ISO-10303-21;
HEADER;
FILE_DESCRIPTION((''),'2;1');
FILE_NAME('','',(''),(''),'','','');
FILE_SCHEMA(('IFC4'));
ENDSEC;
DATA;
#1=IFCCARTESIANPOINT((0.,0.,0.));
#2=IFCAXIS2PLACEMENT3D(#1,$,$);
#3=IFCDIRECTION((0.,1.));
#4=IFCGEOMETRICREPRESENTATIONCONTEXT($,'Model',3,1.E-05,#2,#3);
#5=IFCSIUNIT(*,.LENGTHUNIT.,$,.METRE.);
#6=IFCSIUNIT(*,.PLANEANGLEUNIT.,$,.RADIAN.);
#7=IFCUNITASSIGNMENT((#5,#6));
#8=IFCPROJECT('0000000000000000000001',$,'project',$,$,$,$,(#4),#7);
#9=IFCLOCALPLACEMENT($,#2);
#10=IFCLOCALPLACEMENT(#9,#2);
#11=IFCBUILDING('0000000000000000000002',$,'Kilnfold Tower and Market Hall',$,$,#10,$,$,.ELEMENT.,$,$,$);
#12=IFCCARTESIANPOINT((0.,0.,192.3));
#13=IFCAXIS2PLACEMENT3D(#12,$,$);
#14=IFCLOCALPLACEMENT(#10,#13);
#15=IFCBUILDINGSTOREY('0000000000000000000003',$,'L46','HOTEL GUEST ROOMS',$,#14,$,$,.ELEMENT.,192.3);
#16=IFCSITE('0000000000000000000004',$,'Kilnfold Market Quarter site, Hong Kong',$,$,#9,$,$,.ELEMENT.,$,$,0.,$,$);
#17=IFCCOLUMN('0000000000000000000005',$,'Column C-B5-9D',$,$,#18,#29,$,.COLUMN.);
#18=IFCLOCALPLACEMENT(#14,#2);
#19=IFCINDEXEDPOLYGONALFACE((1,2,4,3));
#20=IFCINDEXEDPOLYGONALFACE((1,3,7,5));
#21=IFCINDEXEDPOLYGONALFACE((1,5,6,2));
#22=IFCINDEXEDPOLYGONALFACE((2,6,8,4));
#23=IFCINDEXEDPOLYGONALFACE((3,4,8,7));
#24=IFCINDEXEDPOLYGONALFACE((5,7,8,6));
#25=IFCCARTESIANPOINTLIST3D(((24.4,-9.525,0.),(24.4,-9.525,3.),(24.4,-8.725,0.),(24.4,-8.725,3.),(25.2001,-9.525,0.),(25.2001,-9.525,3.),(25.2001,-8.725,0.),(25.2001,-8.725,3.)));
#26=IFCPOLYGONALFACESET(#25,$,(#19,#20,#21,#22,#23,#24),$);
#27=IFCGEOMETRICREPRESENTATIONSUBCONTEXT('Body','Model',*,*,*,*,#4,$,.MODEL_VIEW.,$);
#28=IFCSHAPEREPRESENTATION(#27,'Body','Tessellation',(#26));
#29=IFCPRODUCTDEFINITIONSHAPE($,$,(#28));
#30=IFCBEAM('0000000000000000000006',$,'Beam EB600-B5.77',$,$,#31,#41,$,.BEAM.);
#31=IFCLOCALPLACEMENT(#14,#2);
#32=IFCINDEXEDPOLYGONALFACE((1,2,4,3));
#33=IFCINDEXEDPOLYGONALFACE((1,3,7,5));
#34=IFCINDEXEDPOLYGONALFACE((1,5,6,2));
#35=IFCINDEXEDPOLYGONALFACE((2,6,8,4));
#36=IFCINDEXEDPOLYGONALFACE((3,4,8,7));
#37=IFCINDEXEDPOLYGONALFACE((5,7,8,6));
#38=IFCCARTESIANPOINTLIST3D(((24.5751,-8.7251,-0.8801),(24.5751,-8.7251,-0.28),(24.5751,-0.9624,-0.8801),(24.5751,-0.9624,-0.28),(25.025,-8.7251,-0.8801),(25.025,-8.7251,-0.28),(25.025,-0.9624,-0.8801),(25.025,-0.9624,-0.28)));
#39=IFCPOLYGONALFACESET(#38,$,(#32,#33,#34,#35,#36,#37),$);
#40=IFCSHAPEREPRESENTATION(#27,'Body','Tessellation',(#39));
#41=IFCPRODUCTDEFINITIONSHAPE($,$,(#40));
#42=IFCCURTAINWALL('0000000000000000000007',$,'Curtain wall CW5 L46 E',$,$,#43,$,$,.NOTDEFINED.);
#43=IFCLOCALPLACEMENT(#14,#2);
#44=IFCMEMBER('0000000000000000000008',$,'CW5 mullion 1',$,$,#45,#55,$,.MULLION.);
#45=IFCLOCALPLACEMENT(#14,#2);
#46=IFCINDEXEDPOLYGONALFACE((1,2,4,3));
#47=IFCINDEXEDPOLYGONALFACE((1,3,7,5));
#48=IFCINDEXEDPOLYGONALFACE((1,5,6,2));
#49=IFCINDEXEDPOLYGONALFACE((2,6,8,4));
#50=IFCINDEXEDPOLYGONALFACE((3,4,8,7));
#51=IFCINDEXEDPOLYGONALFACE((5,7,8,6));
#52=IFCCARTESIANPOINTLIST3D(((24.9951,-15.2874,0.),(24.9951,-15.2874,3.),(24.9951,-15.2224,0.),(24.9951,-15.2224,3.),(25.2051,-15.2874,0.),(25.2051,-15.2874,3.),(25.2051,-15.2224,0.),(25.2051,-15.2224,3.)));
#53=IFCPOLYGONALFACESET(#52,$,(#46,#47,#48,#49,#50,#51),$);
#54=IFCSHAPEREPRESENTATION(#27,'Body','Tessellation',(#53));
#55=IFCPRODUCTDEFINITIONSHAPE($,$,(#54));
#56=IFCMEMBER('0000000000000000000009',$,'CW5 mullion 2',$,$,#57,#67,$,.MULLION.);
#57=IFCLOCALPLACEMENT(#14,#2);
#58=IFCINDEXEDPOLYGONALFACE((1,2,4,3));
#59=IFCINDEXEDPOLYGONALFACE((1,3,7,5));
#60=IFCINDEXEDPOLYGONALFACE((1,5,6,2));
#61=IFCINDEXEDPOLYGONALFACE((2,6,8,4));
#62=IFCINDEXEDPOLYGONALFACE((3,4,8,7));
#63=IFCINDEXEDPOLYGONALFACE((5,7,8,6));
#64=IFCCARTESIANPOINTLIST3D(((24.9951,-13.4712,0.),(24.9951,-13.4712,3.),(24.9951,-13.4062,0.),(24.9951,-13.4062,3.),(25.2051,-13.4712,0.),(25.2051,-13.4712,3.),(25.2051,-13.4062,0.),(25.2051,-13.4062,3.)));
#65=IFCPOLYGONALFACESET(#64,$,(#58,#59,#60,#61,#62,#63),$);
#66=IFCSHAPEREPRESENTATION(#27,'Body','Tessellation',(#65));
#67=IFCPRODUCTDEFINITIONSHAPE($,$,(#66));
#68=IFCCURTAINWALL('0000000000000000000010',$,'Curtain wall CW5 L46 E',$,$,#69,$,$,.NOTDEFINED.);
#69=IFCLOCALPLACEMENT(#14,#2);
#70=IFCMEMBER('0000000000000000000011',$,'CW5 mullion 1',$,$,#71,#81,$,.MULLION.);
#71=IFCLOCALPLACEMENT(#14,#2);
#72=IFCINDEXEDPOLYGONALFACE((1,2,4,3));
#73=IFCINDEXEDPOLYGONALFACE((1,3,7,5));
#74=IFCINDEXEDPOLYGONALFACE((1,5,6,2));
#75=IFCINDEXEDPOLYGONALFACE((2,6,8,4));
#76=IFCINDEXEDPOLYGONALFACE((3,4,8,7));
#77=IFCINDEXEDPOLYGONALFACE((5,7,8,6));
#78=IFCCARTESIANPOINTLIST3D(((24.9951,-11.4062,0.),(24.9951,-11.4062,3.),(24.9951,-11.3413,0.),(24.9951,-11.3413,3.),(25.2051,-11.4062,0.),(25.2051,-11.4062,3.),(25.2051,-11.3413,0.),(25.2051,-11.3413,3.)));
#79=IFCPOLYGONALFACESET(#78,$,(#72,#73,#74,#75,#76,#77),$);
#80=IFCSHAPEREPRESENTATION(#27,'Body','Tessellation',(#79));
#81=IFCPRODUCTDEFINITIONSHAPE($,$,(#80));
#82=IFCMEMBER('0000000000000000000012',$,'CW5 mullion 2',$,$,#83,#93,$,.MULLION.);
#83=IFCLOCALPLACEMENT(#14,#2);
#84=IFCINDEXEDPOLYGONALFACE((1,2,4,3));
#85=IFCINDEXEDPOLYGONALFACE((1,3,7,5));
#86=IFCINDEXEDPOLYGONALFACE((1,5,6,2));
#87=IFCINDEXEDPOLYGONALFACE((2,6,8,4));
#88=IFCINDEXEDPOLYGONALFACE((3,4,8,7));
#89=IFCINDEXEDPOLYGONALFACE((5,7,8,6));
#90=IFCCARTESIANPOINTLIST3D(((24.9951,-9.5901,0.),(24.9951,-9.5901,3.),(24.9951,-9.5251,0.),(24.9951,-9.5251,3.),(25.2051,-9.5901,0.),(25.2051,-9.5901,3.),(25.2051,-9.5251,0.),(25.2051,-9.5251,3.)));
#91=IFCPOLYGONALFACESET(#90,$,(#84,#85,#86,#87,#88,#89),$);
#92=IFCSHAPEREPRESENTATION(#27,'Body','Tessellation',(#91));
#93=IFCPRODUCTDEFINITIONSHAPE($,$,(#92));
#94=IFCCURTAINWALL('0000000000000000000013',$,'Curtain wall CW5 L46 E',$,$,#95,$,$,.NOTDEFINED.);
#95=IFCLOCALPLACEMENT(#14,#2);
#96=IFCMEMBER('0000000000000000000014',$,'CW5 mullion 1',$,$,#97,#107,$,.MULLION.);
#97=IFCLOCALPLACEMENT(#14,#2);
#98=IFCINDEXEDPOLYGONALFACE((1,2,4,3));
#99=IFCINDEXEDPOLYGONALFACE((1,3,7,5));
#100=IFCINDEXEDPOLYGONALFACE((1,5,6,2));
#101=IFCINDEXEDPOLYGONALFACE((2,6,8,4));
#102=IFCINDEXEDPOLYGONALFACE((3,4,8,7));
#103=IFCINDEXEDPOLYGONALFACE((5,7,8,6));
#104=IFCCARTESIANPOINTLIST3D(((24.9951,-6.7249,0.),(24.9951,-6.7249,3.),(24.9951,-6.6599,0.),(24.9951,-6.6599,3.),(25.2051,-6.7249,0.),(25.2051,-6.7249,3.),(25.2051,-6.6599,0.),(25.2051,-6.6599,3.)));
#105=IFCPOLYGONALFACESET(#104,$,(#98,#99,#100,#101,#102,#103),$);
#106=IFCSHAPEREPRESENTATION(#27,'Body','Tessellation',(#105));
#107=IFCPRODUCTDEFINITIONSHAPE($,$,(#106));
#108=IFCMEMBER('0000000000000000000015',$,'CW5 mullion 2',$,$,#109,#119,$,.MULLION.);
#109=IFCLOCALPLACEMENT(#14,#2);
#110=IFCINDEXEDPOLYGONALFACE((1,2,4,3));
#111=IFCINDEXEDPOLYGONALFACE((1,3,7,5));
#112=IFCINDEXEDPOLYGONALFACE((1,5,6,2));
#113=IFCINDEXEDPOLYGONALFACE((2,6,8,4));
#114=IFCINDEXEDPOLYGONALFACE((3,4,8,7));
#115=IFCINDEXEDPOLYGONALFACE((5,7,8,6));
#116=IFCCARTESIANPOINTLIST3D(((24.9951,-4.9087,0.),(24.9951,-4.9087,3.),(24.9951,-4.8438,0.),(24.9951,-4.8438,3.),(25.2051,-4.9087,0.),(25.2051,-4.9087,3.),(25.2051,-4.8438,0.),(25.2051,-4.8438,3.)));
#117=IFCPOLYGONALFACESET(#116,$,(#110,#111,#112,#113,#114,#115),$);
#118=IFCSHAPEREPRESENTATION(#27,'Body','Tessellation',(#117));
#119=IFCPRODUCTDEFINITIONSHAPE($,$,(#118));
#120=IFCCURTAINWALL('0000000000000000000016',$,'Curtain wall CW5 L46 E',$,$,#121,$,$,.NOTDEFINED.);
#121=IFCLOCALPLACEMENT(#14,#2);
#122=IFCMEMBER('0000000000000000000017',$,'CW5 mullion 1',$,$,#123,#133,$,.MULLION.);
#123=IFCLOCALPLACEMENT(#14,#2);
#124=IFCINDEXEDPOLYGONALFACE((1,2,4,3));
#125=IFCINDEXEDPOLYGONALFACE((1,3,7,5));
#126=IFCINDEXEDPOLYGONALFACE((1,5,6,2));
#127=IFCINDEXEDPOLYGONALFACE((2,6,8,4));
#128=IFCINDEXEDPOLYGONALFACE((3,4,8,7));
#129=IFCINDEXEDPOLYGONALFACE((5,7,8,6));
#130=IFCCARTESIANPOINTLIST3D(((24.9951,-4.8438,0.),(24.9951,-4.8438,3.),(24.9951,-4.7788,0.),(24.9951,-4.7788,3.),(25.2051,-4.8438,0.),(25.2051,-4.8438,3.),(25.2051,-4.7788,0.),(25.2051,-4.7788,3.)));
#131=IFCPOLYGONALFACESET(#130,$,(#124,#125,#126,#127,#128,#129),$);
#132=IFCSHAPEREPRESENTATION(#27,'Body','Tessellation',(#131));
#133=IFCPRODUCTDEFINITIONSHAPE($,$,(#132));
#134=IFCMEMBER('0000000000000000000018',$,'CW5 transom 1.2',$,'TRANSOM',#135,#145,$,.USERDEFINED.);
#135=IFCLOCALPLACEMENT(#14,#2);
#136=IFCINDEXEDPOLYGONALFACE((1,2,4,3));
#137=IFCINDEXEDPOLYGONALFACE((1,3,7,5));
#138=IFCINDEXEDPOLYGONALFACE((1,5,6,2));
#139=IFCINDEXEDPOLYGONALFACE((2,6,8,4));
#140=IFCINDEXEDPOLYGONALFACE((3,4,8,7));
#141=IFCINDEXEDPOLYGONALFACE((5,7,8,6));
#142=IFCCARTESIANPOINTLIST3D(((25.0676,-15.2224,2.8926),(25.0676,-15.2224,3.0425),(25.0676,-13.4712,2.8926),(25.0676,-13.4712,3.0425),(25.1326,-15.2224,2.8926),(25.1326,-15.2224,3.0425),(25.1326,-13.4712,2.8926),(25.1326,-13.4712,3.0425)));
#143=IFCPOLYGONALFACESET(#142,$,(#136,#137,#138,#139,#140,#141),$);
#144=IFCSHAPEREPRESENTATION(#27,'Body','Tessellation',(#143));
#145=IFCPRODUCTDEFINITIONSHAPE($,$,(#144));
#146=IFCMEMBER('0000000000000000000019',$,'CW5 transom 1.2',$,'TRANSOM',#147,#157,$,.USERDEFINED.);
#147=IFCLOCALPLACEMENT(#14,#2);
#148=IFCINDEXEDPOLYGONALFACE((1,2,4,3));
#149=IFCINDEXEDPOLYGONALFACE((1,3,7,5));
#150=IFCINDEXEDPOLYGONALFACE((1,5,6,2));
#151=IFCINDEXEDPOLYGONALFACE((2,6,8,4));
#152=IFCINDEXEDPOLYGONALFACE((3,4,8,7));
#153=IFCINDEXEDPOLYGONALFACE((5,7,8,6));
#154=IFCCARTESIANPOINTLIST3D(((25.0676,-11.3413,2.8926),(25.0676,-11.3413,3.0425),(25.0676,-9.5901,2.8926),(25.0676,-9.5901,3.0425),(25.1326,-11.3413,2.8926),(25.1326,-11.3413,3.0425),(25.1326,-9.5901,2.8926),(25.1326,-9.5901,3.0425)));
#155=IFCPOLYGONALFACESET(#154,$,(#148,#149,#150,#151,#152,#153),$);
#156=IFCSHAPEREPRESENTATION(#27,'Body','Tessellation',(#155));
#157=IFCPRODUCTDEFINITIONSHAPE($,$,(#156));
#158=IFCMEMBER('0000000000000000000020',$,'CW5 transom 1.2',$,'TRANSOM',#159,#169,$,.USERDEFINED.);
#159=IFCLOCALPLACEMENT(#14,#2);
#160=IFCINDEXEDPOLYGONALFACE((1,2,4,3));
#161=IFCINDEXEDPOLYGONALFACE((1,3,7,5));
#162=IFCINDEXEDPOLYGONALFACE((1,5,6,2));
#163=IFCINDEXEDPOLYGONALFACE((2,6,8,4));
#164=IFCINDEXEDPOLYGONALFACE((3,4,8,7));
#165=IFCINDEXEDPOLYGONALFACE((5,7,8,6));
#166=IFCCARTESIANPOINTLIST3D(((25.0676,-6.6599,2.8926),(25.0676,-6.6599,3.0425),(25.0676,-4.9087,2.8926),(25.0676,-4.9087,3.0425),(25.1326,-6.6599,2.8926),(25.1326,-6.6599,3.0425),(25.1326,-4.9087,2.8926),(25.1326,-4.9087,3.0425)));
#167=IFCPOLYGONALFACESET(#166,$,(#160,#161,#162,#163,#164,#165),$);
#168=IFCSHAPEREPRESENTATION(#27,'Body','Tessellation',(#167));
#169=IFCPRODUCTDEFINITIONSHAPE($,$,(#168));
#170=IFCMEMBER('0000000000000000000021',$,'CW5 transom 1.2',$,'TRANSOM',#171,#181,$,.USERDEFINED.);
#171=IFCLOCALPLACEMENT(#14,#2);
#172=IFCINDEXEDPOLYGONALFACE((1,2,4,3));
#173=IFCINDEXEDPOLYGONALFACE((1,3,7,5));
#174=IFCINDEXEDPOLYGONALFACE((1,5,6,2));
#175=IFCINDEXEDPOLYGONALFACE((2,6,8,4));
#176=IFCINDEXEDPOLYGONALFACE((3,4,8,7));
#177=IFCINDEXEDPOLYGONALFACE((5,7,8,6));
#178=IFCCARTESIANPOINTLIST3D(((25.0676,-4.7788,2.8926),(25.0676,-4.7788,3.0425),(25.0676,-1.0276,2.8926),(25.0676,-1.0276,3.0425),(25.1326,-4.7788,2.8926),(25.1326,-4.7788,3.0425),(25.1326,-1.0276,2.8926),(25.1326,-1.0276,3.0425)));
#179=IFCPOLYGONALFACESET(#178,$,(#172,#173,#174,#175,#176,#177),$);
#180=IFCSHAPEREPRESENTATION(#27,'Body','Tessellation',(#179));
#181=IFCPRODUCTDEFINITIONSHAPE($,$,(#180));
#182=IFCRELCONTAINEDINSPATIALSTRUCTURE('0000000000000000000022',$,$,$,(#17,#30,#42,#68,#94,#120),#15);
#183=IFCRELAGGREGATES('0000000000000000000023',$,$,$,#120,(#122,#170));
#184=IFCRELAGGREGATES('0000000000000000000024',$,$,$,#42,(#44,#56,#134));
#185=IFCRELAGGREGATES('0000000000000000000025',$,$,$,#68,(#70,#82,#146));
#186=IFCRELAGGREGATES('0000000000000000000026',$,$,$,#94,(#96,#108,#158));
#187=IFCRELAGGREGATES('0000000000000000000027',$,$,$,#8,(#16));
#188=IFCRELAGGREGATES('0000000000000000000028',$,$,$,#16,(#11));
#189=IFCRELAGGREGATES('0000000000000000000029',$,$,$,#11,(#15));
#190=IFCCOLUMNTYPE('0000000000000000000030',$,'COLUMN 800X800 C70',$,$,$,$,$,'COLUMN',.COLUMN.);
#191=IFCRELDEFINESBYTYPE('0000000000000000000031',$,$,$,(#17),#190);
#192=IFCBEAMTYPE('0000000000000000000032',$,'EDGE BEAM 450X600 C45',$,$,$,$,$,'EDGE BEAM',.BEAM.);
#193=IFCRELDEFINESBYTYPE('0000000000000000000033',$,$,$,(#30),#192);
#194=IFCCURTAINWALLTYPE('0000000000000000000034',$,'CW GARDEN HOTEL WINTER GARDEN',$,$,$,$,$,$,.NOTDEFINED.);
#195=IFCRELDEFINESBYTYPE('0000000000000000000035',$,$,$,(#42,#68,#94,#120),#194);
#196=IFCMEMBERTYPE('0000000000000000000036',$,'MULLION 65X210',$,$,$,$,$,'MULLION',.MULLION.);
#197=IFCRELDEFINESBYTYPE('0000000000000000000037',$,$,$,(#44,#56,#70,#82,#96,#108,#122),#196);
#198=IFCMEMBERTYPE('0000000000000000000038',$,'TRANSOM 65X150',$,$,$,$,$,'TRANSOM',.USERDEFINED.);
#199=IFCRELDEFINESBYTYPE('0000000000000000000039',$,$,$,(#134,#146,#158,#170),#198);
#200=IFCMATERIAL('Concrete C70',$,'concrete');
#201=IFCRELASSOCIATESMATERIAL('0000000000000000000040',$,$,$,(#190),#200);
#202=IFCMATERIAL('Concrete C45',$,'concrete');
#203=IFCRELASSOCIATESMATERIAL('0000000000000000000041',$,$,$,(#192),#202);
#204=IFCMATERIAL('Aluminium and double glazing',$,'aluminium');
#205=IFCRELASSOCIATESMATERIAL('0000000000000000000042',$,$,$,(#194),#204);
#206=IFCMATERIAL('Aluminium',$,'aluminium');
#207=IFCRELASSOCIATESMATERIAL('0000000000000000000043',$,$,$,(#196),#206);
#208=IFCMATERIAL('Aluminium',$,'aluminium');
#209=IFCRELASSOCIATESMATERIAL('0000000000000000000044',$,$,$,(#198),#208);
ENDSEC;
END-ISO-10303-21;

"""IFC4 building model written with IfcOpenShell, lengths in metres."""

from ifc_helpers import new_model, si_unit, direction, frame, origin, origin_2d, place, context, subcontext, project, spatial, rectangle, extrude, source, transform, mapped, material, material_profile, profile_set, type_object, element, aggregate, save


model = new_model("IFC4")

# Units and contexts
model_context = context("Model", 3, precision=1e-05, world=origin(), true_north=direction((0.0, 1.0)))
body_context = subcontext(model_context, "Body", "Model", "MODEL_VIEW")
ifc_project = project(units=[si_unit("LENGTHUNIT", "METRE"), si_unit("PLANEANGLEUNIT", "RADIAN")], contexts=[model_context])

# Site, building, storey
site_placement = place(None, origin())
site = spatial("IfcSite", under=ifc_project, at=site_placement, Name="Kilnfold Market Quarter site, Hong Kong", CompositionType="ELEMENT", RefElevation=0.0)
building_placement = place(site_placement, origin())
building = spatial("IfcBuilding", under=site, at=building_placement, Name="Kilnfold Tower and Market Hall", CompositionType="ELEMENT")
storey_placement = place(building_placement, frame((0.0, 0.0, 192.3)))
storey = spatial("IfcBuildingStorey", under=building, at=storey_placement, Name="L46", Description="HOTEL GUEST ROOMS", CompositionType="ELEMENT", Elevation=192.3)

# Column
ifc_material_1 = material(Name="Concrete C70", Category="concrete")
ifc_material_profile_1 = material_profile(ifc_material_1, rectangle(XDim=0.8, YDim=0.8, at=origin_2d()), Name="RC 800x800")
ifc_profile_set_1 = profile_set([ifc_material_profile_1], Name="Concrete C70")
column_type = type_object("IfcColumnType", Name="COLUMN 800X800 C70", ElementType="COLUMN", PredefinedType="COLUMN", material=ifc_profile_set_1)
shared_shape_1 = source(origin(), body_context, "Body", "SweptSolid", [
    extrude(rectangle(XDim=0.8, YDim=0.8, at=origin_2d()), origin(), (0.0, 0.0, 1.0), 3.0),
])
column_placement = place(storey_placement, frame((24.8, -9.125, 0.0), z_axis=(0.0, 0.0, 1.0), x_axis=(1.0, 0.0, 0.0)))
element("IfcColumn", 1, at=column_placement, inside=storey, type_object=column_type, Name="Column C-B5-9D", PredefinedType="COLUMN", context=body_context, shape_type="MappedRepresentation", body=[
    mapped(shared_shape_1, transform((0.0, 0.0, 0.0))),
])

# Beam
ifc_material_2 = material(Name="Concrete C45", Category="concrete")
ifc_material_profile_2 = material_profile(ifc_material_2, rectangle(XDim=0.45, YDim=0.6001, at=origin_2d()), Name="RC 450x600")
ifc_profile_set_2 = profile_set([ifc_material_profile_2], Name="Concrete C45")
beam_type = type_object("IfcBeamType", Name="EDGE BEAM 450X600 C45", ElementType="EDGE BEAM", PredefinedType="BEAM", material=ifc_profile_set_2)
shared_shape_2 = source(origin(), body_context, "Body", "SweptSolid", [
    extrude(rectangle(XDim=0.45, YDim=0.6001, at=origin_2d()), origin(), (0.0, 0.0, 1.0), 7.7627),
])
beam_placement = place(storey_placement, frame((24.8, -8.7251, -0.5801), z_axis=(0.0, 1.0, 0.0), x_axis=(-1.0, 0.0, 0.0)))
element("IfcBeam", 2, at=beam_placement, inside=storey, type_object=beam_type, Name="Beam EB600-B5.77", PredefinedType="BEAM", context=body_context, shape_type="MappedRepresentation", body=[
    mapped(shared_shape_2, transform((0.0, 0.0, 0.0))),
])

# Curtain walls, members
ifc_material_3 = material(Name="Aluminium and double glazing", Category="aluminium")
curtain_wall_type = type_object("IfcCurtainWallType", Name="CW GARDEN HOTEL WINTER GARDEN", PredefinedType="NOTDEFINED", material=ifc_material_3)
curtain_wall_1_placement = place(storey_placement, origin())
curtain_wall_1 = element("IfcCurtainWall", 3, at=curtain_wall_1_placement, inside=storey, type_object=curtain_wall_type, Name="Curtain wall CW5 L46 E", PredefinedType="NOTDEFINED")
ifc_material_4 = material(Name="Aluminium", Category="aluminium")
ifc_material_profile_3 = material_profile(ifc_material_4, rectangle(XDim=0.0649, YDim=0.21, at=origin_2d()), Name="MULLION 65x210")
ifc_profile_set_3 = profile_set([ifc_material_profile_3], Name="Aluminium")
member_type_1 = type_object("IfcMemberType", Name="MULLION 65X210", ElementType="MULLION", PredefinedType="MULLION", material=ifc_profile_set_3)
shared_shape_3 = source(origin(), body_context, "Body", "SweptSolid", [
    extrude(rectangle(XDim=0.0649, YDim=0.21, at=origin_2d()), origin(), (0.0, 0.0, 1.0), 3.0),
])
member_1_placement = place(storey_placement, frame((25.1001, -15.2549, 0.0), z_axis=(0.0, 0.0, 1.0), x_axis=(0.0, 1.0, 0.0)))
member_1 = element("IfcMember", 4, at=member_1_placement, type_object=member_type_1, Name="CW5 mullion 1", PredefinedType="MULLION", context=body_context, shape_type="MappedRepresentation", body=[
    mapped(shared_shape_3, transform((0.0, 0.0, 0.0))),
])
member_2_placement = place(storey_placement, frame((25.1001, -13.4387, 0.0), z_axis=(0.0, 0.0, 1.0), x_axis=(0.0, 1.0, 0.0)))
member_2 = element("IfcMember", 5, at=member_2_placement, type_object=member_type_1, Name="CW5 mullion 2", PredefinedType="MULLION", context=body_context, shape_type="MappedRepresentation", body=[
    mapped(shared_shape_3, transform((0.0, 0.0, 0.0))),
])
curtain_wall_2_placement = place(storey_placement, origin())
curtain_wall_2 = element("IfcCurtainWall", 6, at=curtain_wall_2_placement, inside=storey, type_object=curtain_wall_type, Name="Curtain wall CW5 L46 E", PredefinedType="NOTDEFINED")
member_3_placement = place(storey_placement, frame((25.1001, -11.3738, 0.0), z_axis=(0.0, 0.0, 1.0), x_axis=(0.0, 1.0, 0.0)))
member_3 = element("IfcMember", 7, at=member_3_placement, type_object=member_type_1, Name="CW5 mullion 1", PredefinedType="MULLION", context=body_context, shape_type="MappedRepresentation", body=[
    mapped(shared_shape_3, transform((0.0, 0.0, 0.0))),
])
member_4_placement = place(storey_placement, frame((25.1001, -9.5576, 0.0), z_axis=(0.0, 0.0, 1.0), x_axis=(0.0, 1.0, 0.0)))
member_4 = element("IfcMember", 8, at=member_4_placement, type_object=member_type_1, Name="CW5 mullion 2", PredefinedType="MULLION", context=body_context, shape_type="MappedRepresentation", body=[
    mapped(shared_shape_3, transform((0.0, 0.0, 0.0))),
])
curtain_wall_3_placement = place(storey_placement, origin())
curtain_wall_3 = element("IfcCurtainWall", 9, at=curtain_wall_3_placement, inside=storey, type_object=curtain_wall_type, Name="Curtain wall CW5 L46 E", PredefinedType="NOTDEFINED")
member_5_placement = place(storey_placement, frame((25.1001, -6.6924, 0.0), z_axis=(0.0, 0.0, 1.0), x_axis=(0.0, 1.0, 0.0)))
member_5 = element("IfcMember", 10, at=member_5_placement, type_object=member_type_1, Name="CW5 mullion 1", PredefinedType="MULLION", context=body_context, shape_type="MappedRepresentation", body=[
    mapped(shared_shape_3, transform((0.0, 0.0, 0.0))),
])
member_6_placement = place(storey_placement, frame((25.1001, -4.8762, 0.0), z_axis=(0.0, 0.0, 1.0), x_axis=(0.0, 1.0, 0.0)))
member_6 = element("IfcMember", 11, at=member_6_placement, type_object=member_type_1, Name="CW5 mullion 2", PredefinedType="MULLION", context=body_context, shape_type="MappedRepresentation", body=[
    mapped(shared_shape_3, transform((0.0, 0.0, 0.0))),
])

# Curtain wall, member
curtain_wall_4_placement = place(storey_placement, origin())
curtain_wall_4 = element("IfcCurtainWall", 12, at=curtain_wall_4_placement, inside=storey, type_object=curtain_wall_type, Name="Curtain wall CW5 L46 E", PredefinedType="NOTDEFINED")
member_7_placement = place(storey_placement, frame((25.1001, -4.8113, 0.0), z_axis=(0.0, 0.0, 1.0), x_axis=(0.0, 1.0, 0.0)))
member_7 = element("IfcMember", 13, at=member_7_placement, type_object=member_type_1, Name="CW5 mullion 1", PredefinedType="MULLION", context=body_context, shape_type="MappedRepresentation", body=[
    mapped(shared_shape_3, transform((0.0, 0.0, 0.0))),
])

# Members
ifc_material_5 = material(Name="Aluminium", Category="aluminium")
ifc_material_profile_4 = material_profile(ifc_material_5, rectangle(XDim=0.0649, YDim=0.1499, at=origin_2d()), Name="TRANSOM 65x150")
ifc_profile_set_4 = profile_set([ifc_material_profile_4], Name="Aluminium")
member_type_2 = type_object("IfcMemberType", Name="TRANSOM 65X150", ElementType="TRANSOM", PredefinedType="USERDEFINED", material=ifc_profile_set_4)
shared_shape_4 = source(origin(), body_context, "Body", "SweptSolid", [
    extrude(rectangle(XDim=0.0649, YDim=0.1499, at=origin_2d()), origin(), (0.0, 0.0, 1.0), 1.7512),
])
member_8_placement = place(storey_placement, frame((25.1001, -15.2224, 2.9675), z_axis=(0.0, 1.0, 0.0), x_axis=(-1.0, 0.0, 0.0)))
member_8 = element("IfcMember", 14, at=member_8_placement, type_object=member_type_2, Name="CW5 transom 1.2", ObjectType="TRANSOM", PredefinedType="USERDEFINED", context=body_context, shape_type="MappedRepresentation", body=[
    mapped(shared_shape_4, transform((0.0, 0.0, 0.0))),
])
member_9_placement = place(storey_placement, frame((25.1001, -11.3413, 2.9675), z_axis=(0.0, 1.0, 0.0), x_axis=(-1.0, 0.0, 0.0)))
member_9 = element("IfcMember", 15, at=member_9_placement, type_object=member_type_2, Name="CW5 transom 1.2", ObjectType="TRANSOM", PredefinedType="USERDEFINED", context=body_context, shape_type="MappedRepresentation", body=[
    mapped(shared_shape_4, transform((0.0, 0.0, 0.0))),
])
member_10_placement = place(storey_placement, frame((25.1001, -6.6599, 2.9675), z_axis=(0.0, 1.0, 0.0), x_axis=(-1.0, 0.0, 0.0)))
member_10 = element("IfcMember", 16, at=member_10_placement, type_object=member_type_2, Name="CW5 transom 1.2", ObjectType="TRANSOM", PredefinedType="USERDEFINED", context=body_context, shape_type="MappedRepresentation", body=[
    mapped(shared_shape_4, transform((0.0, 0.0, 0.0))),
])
shared_shape_5 = source(origin(), body_context, "Body", "SweptSolid", [
    extrude(rectangle(XDim=0.0649, YDim=0.1499, at=origin_2d()), origin(), (0.0, 0.0, 1.0), 3.7512),
])
member_11_placement = place(storey_placement, frame((25.1001, -4.7788, 2.9675), z_axis=(0.0, 1.0, 0.0), x_axis=(-1.0, 0.0, 0.0)))
member_11 = element("IfcMember", 17, at=member_11_placement, type_object=member_type_2, Name="CW5 transom 1.2", ObjectType="TRANSOM", PredefinedType="USERDEFINED", context=body_context, shape_type="MappedRepresentation", body=[
    mapped(shared_shape_5, transform((0.0, 0.0, 0.0))),
])
aggregate(curtain_wall_4, [member_7, member_11])

aggregate(curtain_wall_1, [member_1, member_2, member_8])
aggregate(curtain_wall_2, [member_3, member_4, member_9])
aggregate(curtain_wall_3, [member_5, member_6, member_10])

save(model, "model.ifc")
